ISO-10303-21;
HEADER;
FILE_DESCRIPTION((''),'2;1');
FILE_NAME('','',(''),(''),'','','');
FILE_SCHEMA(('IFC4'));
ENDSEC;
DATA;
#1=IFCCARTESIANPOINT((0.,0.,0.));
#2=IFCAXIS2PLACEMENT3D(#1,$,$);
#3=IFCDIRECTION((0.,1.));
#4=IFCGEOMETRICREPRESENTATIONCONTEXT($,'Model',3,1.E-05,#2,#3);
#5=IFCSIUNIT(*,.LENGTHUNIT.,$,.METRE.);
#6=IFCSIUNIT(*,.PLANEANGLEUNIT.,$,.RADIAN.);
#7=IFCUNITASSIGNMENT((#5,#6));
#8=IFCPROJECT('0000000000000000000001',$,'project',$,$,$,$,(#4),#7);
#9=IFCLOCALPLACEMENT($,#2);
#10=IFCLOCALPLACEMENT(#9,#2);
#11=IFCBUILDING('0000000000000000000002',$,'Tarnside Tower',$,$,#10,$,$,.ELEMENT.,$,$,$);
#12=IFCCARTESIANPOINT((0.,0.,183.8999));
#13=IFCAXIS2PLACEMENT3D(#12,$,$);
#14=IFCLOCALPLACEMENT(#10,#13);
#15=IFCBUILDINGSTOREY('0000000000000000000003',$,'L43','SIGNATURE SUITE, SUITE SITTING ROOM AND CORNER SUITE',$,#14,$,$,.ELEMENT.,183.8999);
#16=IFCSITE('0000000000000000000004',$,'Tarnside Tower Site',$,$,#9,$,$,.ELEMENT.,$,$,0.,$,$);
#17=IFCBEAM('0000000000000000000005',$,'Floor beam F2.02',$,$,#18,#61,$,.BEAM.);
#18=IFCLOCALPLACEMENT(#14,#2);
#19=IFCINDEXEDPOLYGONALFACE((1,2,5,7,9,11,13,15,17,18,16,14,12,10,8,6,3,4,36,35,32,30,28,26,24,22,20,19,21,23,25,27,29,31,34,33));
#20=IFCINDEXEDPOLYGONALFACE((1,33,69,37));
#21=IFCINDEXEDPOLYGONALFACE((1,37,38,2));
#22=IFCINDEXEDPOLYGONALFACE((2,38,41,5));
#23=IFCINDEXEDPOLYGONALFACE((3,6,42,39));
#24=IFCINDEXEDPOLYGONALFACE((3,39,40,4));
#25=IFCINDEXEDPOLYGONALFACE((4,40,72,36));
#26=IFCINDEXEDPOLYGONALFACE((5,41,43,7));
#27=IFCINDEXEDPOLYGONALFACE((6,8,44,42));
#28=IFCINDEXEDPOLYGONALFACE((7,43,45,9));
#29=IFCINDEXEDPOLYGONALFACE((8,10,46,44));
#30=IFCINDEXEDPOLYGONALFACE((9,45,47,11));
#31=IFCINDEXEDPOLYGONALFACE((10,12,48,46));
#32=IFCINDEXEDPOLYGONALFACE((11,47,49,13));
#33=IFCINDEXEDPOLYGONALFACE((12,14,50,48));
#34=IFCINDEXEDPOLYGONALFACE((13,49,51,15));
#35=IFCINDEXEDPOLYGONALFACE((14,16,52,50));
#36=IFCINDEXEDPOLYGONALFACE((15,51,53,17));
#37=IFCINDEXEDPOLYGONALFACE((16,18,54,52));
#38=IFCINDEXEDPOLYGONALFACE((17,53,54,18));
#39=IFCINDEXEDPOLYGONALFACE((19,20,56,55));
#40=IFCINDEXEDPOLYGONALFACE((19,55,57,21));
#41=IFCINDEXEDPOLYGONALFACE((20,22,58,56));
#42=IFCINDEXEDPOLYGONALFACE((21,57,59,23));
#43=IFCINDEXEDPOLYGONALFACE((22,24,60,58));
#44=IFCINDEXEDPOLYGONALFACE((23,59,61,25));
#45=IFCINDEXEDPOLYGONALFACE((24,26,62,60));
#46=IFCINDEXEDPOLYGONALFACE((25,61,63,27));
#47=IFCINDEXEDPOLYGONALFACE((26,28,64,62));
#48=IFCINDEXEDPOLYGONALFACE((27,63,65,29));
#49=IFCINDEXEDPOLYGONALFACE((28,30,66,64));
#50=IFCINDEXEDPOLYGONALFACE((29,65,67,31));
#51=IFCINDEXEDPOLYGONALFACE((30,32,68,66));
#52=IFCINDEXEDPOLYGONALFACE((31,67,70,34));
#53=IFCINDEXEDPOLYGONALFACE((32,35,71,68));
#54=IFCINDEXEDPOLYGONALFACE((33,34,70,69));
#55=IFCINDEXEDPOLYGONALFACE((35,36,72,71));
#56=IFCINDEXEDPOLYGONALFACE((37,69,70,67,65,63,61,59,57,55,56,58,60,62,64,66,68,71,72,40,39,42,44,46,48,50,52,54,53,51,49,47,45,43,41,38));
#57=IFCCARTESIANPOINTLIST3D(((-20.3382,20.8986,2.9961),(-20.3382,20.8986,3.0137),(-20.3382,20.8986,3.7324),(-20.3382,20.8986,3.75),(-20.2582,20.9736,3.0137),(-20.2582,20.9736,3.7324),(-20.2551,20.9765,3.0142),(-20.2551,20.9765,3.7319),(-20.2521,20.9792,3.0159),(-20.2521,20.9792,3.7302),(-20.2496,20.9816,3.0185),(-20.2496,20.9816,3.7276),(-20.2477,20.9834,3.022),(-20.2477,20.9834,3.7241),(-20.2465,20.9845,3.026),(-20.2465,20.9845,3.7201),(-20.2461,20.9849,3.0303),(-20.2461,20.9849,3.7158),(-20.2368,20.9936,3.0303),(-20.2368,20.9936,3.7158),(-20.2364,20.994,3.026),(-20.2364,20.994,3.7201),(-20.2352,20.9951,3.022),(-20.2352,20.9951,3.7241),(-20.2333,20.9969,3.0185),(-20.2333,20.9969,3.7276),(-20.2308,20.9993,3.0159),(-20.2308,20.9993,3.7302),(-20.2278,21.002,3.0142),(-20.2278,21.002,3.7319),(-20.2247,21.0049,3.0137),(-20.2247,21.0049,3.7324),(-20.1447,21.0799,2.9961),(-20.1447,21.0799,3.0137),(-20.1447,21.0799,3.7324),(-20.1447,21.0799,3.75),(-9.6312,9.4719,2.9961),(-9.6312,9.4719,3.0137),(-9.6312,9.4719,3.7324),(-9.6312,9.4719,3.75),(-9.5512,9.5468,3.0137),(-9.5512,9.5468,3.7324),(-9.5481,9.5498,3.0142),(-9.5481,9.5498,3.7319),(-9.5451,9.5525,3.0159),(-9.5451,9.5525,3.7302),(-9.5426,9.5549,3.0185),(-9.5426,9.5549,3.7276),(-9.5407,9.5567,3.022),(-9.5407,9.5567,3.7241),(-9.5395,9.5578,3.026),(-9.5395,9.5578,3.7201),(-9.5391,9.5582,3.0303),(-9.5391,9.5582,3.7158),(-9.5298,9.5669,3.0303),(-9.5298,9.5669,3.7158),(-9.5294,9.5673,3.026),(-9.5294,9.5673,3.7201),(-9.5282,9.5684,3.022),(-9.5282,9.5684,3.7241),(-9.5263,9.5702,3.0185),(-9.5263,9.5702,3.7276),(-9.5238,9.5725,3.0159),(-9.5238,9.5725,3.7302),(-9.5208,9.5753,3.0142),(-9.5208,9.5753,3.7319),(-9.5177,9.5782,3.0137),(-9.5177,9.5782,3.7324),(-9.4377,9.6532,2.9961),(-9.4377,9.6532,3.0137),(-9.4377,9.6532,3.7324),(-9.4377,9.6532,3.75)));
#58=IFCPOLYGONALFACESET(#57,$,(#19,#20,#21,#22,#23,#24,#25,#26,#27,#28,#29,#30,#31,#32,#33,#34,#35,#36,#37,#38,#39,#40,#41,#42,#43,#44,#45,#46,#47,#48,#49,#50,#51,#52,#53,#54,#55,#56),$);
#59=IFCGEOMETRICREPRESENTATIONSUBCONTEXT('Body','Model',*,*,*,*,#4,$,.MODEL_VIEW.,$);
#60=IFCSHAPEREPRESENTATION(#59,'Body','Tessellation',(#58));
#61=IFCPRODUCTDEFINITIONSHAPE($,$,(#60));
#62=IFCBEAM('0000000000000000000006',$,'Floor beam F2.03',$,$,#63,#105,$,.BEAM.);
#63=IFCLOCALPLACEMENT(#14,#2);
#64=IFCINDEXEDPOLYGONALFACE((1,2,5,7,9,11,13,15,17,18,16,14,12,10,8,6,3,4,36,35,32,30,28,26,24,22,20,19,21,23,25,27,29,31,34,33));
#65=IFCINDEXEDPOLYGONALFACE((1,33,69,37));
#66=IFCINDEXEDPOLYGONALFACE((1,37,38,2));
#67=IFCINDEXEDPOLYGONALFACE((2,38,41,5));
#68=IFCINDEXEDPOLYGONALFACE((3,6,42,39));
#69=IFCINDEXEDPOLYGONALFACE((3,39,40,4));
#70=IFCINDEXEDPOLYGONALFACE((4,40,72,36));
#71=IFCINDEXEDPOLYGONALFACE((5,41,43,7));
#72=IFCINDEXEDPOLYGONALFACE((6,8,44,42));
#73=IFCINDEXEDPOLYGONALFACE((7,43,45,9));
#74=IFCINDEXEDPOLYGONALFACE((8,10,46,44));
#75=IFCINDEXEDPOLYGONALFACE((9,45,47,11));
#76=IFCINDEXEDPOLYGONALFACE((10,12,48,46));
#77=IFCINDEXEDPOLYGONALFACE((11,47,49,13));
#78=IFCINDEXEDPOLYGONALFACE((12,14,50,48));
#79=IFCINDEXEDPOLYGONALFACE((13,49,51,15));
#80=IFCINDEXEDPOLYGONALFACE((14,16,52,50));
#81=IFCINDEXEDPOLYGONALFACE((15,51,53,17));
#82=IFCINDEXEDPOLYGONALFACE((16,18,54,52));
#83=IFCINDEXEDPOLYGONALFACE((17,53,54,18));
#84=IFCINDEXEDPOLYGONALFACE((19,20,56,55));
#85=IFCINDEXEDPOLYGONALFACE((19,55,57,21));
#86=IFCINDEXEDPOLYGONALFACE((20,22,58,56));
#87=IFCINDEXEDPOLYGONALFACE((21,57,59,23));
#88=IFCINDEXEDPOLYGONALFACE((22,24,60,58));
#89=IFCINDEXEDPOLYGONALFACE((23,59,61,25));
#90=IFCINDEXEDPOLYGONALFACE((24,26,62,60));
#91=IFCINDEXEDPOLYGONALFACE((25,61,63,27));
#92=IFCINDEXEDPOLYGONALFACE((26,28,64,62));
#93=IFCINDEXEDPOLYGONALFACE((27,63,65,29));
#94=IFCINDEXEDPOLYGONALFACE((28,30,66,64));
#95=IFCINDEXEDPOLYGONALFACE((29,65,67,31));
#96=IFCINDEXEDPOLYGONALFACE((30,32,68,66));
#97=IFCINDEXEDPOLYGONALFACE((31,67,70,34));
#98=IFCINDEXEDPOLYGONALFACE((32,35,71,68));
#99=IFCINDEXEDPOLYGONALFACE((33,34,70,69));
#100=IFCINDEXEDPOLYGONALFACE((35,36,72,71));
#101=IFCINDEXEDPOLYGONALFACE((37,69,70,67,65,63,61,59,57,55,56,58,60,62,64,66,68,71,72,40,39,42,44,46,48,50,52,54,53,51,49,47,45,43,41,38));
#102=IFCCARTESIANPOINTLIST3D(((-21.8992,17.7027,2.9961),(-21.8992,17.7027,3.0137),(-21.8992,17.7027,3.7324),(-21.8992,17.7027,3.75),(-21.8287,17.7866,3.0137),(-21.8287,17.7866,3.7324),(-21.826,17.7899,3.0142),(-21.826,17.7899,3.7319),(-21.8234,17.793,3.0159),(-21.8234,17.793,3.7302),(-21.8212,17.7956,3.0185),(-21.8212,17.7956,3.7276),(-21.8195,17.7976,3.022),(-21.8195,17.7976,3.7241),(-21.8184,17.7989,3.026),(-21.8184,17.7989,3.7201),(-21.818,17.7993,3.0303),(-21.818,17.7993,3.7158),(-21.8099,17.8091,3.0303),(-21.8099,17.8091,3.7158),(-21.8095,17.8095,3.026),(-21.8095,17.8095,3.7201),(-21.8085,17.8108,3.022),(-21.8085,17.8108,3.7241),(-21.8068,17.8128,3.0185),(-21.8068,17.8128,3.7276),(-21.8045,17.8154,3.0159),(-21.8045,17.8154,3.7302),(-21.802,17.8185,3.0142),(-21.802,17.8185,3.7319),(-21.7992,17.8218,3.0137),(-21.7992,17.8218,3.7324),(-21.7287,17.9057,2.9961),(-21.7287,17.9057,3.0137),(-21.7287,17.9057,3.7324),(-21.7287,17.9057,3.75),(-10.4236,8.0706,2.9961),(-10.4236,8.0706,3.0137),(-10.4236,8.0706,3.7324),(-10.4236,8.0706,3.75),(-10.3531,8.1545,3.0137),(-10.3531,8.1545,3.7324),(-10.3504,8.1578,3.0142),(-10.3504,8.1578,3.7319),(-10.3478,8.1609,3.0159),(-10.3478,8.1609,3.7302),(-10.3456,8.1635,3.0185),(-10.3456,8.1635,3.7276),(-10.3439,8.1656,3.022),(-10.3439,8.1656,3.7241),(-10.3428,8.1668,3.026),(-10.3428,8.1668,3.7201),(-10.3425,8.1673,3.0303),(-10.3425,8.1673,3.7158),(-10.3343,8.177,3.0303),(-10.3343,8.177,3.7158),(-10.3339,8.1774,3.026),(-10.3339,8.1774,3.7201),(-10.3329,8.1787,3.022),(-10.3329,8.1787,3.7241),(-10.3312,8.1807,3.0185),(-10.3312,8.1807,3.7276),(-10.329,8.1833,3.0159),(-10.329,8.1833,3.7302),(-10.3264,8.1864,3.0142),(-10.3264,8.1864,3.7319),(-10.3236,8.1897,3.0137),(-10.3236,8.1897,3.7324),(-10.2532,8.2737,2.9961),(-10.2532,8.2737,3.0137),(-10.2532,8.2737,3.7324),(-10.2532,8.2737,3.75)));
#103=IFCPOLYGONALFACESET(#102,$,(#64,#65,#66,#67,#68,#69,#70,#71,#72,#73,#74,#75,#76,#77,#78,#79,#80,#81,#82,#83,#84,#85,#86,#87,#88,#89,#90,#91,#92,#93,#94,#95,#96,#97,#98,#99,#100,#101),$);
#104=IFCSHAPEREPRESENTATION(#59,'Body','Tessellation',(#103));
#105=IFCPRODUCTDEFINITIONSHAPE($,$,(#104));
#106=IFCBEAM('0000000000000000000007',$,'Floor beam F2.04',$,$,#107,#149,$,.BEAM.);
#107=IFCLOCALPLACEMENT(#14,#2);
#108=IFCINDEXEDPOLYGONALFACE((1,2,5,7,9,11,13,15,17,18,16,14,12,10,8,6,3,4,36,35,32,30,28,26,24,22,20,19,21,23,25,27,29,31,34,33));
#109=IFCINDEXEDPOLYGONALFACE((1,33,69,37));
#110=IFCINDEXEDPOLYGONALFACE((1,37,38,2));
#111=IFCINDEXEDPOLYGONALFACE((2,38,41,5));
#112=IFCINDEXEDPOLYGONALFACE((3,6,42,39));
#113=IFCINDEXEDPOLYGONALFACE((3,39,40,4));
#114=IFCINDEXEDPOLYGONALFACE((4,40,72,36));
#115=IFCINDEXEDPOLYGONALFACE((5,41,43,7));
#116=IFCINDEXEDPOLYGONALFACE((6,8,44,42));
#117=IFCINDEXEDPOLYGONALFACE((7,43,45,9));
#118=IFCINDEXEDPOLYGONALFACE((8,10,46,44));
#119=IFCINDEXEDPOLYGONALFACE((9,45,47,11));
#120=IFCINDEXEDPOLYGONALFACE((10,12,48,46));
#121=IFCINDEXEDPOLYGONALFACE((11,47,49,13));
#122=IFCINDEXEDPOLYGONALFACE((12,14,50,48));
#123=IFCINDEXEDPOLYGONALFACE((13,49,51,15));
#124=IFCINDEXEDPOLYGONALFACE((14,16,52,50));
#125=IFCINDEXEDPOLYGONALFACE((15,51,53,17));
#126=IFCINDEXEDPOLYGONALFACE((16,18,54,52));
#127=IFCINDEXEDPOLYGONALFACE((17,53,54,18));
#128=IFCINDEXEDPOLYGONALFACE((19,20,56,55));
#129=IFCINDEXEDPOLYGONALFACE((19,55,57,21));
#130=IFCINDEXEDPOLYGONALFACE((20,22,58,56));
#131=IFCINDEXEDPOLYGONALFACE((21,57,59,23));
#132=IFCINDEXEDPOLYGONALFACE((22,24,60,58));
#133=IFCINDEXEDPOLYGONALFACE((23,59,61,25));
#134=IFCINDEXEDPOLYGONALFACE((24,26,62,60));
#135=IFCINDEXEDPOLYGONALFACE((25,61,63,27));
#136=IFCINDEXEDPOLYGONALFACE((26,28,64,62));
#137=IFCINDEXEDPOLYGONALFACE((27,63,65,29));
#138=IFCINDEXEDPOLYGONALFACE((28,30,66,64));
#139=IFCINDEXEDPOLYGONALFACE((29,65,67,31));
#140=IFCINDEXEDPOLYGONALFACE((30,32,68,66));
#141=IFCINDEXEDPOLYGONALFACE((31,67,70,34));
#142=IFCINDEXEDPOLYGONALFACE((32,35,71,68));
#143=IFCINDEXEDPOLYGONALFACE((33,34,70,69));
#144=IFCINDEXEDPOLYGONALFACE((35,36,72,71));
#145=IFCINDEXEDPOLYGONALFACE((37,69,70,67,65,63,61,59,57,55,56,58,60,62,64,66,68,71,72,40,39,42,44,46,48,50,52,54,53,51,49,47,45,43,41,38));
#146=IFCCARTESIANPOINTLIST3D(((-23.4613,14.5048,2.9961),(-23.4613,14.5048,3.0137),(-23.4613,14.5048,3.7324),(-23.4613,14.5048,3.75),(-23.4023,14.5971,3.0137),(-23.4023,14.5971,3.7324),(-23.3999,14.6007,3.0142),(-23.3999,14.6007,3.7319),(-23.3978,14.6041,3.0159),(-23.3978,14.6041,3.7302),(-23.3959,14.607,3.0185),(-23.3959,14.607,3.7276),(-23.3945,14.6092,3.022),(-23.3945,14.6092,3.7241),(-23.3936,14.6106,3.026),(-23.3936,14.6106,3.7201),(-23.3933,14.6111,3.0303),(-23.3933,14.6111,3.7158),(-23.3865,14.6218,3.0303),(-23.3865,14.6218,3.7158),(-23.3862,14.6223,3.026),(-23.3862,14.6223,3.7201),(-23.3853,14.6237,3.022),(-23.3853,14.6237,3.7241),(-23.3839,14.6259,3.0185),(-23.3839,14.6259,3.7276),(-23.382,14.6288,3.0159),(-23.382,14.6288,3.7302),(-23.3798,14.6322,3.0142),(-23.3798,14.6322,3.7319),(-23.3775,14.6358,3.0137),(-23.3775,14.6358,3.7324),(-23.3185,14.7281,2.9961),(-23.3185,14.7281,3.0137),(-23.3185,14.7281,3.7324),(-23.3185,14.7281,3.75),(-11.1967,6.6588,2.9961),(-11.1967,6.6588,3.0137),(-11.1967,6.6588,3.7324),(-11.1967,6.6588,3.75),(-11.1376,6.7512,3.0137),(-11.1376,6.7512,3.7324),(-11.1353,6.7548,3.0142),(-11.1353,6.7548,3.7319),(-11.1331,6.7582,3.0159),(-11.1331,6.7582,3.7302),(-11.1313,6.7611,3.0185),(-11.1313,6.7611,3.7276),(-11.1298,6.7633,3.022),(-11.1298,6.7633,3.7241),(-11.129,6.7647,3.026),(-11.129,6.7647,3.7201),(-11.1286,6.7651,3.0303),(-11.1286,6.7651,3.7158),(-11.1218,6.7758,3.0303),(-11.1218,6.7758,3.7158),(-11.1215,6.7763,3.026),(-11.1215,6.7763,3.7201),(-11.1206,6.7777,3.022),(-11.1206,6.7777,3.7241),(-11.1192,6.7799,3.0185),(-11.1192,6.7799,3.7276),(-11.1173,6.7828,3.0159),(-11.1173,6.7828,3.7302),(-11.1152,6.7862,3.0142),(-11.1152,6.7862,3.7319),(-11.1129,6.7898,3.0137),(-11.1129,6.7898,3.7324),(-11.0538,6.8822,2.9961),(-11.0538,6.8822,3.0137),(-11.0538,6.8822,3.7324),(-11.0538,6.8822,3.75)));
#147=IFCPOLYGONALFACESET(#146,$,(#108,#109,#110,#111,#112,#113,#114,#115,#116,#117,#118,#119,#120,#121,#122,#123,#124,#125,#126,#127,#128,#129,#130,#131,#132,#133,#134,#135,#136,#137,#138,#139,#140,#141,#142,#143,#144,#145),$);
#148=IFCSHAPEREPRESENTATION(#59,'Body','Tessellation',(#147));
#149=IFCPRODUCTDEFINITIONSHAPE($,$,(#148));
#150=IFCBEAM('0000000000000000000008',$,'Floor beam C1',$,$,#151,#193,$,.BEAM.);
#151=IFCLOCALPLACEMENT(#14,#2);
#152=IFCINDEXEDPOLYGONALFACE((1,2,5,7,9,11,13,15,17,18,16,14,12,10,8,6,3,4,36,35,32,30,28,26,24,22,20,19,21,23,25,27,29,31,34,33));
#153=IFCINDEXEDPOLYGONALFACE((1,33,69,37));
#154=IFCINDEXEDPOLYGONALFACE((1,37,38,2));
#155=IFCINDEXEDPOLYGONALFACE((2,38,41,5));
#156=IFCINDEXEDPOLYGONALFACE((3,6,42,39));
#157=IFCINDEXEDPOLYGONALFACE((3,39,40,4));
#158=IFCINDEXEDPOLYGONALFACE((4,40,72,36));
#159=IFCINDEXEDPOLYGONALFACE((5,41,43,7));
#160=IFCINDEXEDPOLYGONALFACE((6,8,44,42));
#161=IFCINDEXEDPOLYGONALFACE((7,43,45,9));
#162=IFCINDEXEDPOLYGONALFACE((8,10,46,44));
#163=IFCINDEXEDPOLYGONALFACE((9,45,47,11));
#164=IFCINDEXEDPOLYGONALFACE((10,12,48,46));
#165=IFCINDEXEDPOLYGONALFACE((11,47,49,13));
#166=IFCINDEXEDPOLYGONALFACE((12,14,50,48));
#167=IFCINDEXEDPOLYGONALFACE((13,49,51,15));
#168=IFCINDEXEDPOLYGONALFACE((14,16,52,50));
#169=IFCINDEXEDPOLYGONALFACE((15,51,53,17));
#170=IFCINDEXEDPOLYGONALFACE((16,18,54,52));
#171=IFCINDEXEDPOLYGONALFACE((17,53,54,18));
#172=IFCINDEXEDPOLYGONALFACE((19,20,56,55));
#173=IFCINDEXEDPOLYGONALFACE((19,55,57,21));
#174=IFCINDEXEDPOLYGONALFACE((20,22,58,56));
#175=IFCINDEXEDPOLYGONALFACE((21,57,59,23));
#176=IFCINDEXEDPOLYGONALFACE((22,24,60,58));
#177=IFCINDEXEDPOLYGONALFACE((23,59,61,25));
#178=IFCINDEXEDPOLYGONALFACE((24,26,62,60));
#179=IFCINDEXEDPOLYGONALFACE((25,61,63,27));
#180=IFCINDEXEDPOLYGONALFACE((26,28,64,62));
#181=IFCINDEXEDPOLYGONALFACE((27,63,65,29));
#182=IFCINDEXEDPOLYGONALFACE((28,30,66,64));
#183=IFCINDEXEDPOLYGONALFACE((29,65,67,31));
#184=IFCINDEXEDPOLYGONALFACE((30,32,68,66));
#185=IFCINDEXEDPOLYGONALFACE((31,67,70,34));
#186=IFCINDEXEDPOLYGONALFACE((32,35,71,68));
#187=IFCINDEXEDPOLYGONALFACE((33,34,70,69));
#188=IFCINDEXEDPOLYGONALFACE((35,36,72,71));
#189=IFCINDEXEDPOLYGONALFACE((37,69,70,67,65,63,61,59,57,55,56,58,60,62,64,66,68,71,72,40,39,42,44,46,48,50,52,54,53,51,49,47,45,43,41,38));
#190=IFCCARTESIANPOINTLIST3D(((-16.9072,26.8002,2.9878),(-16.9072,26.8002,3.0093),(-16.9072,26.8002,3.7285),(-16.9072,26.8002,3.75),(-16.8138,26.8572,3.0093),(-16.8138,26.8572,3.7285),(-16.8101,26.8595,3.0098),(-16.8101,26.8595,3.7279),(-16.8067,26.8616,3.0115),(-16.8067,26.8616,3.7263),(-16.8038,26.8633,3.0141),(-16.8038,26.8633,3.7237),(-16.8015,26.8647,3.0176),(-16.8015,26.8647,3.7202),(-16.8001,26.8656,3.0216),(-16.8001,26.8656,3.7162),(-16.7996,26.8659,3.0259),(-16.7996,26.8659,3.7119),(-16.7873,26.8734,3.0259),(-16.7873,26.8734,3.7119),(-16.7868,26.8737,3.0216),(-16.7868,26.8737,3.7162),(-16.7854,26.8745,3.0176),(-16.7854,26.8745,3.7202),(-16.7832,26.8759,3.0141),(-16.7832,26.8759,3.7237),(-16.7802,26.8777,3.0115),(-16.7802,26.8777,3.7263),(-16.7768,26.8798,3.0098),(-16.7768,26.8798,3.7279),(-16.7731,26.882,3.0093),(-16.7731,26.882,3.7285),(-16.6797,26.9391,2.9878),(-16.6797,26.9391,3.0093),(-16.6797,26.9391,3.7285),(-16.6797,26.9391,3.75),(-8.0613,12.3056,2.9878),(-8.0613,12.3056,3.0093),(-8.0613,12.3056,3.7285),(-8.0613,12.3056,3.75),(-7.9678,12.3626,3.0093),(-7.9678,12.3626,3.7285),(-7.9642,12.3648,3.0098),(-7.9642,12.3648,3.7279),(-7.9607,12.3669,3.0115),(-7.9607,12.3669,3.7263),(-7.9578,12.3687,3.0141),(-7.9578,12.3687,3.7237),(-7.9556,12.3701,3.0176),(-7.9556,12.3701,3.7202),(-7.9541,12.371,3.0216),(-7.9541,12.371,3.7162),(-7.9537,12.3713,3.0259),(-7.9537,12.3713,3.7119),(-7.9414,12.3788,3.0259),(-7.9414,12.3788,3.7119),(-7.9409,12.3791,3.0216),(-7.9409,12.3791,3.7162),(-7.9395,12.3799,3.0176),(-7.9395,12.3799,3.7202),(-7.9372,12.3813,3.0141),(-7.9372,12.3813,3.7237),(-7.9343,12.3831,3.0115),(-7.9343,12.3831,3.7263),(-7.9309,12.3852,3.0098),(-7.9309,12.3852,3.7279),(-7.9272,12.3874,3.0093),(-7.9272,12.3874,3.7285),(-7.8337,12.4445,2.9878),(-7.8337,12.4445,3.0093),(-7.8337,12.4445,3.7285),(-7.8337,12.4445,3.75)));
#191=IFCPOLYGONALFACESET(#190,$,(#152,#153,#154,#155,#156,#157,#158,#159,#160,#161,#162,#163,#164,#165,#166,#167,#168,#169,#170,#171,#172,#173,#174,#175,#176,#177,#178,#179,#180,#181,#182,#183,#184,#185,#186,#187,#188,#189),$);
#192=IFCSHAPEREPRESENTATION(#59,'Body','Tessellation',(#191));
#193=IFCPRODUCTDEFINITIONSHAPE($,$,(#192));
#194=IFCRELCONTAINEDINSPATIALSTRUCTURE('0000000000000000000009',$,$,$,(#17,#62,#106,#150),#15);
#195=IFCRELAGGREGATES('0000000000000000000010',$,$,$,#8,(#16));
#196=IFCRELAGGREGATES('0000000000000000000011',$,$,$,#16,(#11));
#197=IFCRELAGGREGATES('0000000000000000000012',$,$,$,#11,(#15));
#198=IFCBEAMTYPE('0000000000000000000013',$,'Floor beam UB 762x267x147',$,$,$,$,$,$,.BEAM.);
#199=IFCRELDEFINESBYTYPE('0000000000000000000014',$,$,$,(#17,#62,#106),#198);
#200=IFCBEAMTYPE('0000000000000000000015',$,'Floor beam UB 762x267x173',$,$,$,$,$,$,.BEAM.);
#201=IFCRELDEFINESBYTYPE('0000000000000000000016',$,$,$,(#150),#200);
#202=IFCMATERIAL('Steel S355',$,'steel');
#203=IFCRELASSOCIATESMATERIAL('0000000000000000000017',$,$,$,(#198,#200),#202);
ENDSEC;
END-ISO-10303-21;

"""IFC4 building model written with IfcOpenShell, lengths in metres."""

from ifc_helpers import new_model, si_unit, direction, frame, origin, origin_2d, place, context, subcontext, project, spatial, i_section, extrude, material, material_profile, profile_set, type_object, element, save


model = new_model("IFC4")

# Units and contexts
model_context = context("Model", 3, precision=1e-05, world=origin(), true_north=direction((0.0, 1.0)))
body_context = subcontext(model_context, "Body", "Model", "MODEL_VIEW")
ifc_project = project(units=[si_unit("LENGTHUNIT", "METRE"), si_unit("PLANEANGLEUNIT", "RADIAN")], contexts=[model_context])

# Site, building, storey
site_placement = place(None, origin())
site = spatial("IfcSite", under=ifc_project, at=site_placement, Name="Tarnside Tower Site", CompositionType="ELEMENT", RefElevation=0.0)
building_placement = place(site_placement, origin())
building = spatial("IfcBuilding", under=site, at=building_placement, Name="Tarnside Tower", CompositionType="ELEMENT")
storey_placement = place(building_placement, frame((0.0, 0.0, 183.8999)))
storey = spatial("IfcBuildingStorey", under=building, at=storey_placement, Name="L43", Description="SIGNATURE SUITE, SUITE SITTING ROOM AND CORNER SUITE", CompositionType="ELEMENT", Elevation=183.8999)

# Beams
ifc_material_1 = material(Name="Steel S355", Category="steel")
ifc_material_profile_1 = material_profile(ifc_material_1, i_section(OverallWidth=0.2651, OverallDepth=0.7539, WebThickness=0.0127, FlangeThickness=0.0176, FilletRadius=0.0166, at=origin_2d()), Name="UB 762x267x147")
ifc_profile_set_1 = profile_set([ifc_material_profile_1], Name="Steel S355")
beam_type_1 = type_object("IfcBeamType", Name="Floor beam UB 762x267x147", PredefinedType="BEAM", material=ifc_profile_set_1)
beam_1_placement = place(storey_placement, frame((-20.2415, 20.9893, 3.373), z_axis=(0.683752, -0.729714, 0.0), x_axis=(0.729714, 0.683752, 0.0)))
element("IfcBeam", 1, at=beam_1_placement, inside=storey, type_object=beam_type_1, Name="Floor beam F2.02", PredefinedType="BEAM", context=body_context, shape_type="SweptSolid", body=[
    extrude(i_section(OverallWidth=0.2651, OverallDepth=0.7539, WebThickness=0.0127, FlangeThickness=0.0176, FilletRadius=0.0166, at=origin_2d()), origin(), (0.0, 0.0, 1.0), 15.6592),
])
beam_2_placement = place(storey_placement, frame((-21.814, 17.8042, 3.373), z_axis=(0.765948, -0.642902, 0.0), x_axis=(0.642902, 0.765948, 0.0)))
element("IfcBeam", 2, at=beam_2_placement, inside=storey, type_object=beam_type_1, Name="Floor beam F2.03", PredefinedType="BEAM", context=body_context, shape_type="SweptSolid", body=[
    extrude(i_section(OverallWidth=0.2651, OverallDepth=0.7539, WebThickness=0.0127, FlangeThickness=0.0176, FilletRadius=0.0166, at=origin_2d()), origin(), (0.0, 0.0, 1.0), 14.9822),
])
beam_3_placement = place(storey_placement, frame((-23.3899, 14.6165, 3.373), z_axis=(0.842378, -0.538887, 0.0), x_axis=(0.538887, 0.842378, 0.0)))
element("IfcBeam", 3, at=beam_3_placement, inside=storey, type_object=beam_type_1, Name="Floor beam F2.04", PredefinedType="BEAM", context=body_context, shape_type="SweptSolid", body=[
    extrude(i_section(OverallWidth=0.2651, OverallDepth=0.7539, WebThickness=0.0127, FlangeThickness=0.0176, FilletRadius=0.0166, at=origin_2d()), origin(), (0.0, 0.0, 1.0), 14.5596),
])
ifc_material_profile_2 = material_profile(ifc_material_1, i_section(OverallWidth=0.2666, OverallDepth=0.7622, WebThickness=0.0144, FlangeThickness=0.0215, FilletRadius=0.0166, at=origin_2d()), Name="UB 762x267x173")
ifc_profile_set_2 = profile_set([ifc_material_profile_2], Name="Steel S355")
beam_type_2 = type_object("IfcBeamType", Name="Floor beam UB 762x267x173", PredefinedType="BEAM", material=ifc_profile_set_2)
beam_4_placement = place(storey_placement, frame((-16.7935, 26.8696, 3.3689), z_axis=(0.52094, -0.853593, 0.0), x_axis=(0.853593, 0.52094, 0.0)))
element("IfcBeam", 4, at=beam_4_placement, inside=storey, type_object=beam_type_2, Name="Floor beam C1", PredefinedType="BEAM", context=body_context, shape_type="SweptSolid", body=[
    extrude(i_section(OverallWidth=0.2666, OverallDepth=0.7622, WebThickness=0.0144, FlangeThickness=0.0215, FilletRadius=0.0166, at=origin_2d()), origin(), (0.0, 0.0, 1.0), 16.9807),
])

save(model, "model.ifc")
